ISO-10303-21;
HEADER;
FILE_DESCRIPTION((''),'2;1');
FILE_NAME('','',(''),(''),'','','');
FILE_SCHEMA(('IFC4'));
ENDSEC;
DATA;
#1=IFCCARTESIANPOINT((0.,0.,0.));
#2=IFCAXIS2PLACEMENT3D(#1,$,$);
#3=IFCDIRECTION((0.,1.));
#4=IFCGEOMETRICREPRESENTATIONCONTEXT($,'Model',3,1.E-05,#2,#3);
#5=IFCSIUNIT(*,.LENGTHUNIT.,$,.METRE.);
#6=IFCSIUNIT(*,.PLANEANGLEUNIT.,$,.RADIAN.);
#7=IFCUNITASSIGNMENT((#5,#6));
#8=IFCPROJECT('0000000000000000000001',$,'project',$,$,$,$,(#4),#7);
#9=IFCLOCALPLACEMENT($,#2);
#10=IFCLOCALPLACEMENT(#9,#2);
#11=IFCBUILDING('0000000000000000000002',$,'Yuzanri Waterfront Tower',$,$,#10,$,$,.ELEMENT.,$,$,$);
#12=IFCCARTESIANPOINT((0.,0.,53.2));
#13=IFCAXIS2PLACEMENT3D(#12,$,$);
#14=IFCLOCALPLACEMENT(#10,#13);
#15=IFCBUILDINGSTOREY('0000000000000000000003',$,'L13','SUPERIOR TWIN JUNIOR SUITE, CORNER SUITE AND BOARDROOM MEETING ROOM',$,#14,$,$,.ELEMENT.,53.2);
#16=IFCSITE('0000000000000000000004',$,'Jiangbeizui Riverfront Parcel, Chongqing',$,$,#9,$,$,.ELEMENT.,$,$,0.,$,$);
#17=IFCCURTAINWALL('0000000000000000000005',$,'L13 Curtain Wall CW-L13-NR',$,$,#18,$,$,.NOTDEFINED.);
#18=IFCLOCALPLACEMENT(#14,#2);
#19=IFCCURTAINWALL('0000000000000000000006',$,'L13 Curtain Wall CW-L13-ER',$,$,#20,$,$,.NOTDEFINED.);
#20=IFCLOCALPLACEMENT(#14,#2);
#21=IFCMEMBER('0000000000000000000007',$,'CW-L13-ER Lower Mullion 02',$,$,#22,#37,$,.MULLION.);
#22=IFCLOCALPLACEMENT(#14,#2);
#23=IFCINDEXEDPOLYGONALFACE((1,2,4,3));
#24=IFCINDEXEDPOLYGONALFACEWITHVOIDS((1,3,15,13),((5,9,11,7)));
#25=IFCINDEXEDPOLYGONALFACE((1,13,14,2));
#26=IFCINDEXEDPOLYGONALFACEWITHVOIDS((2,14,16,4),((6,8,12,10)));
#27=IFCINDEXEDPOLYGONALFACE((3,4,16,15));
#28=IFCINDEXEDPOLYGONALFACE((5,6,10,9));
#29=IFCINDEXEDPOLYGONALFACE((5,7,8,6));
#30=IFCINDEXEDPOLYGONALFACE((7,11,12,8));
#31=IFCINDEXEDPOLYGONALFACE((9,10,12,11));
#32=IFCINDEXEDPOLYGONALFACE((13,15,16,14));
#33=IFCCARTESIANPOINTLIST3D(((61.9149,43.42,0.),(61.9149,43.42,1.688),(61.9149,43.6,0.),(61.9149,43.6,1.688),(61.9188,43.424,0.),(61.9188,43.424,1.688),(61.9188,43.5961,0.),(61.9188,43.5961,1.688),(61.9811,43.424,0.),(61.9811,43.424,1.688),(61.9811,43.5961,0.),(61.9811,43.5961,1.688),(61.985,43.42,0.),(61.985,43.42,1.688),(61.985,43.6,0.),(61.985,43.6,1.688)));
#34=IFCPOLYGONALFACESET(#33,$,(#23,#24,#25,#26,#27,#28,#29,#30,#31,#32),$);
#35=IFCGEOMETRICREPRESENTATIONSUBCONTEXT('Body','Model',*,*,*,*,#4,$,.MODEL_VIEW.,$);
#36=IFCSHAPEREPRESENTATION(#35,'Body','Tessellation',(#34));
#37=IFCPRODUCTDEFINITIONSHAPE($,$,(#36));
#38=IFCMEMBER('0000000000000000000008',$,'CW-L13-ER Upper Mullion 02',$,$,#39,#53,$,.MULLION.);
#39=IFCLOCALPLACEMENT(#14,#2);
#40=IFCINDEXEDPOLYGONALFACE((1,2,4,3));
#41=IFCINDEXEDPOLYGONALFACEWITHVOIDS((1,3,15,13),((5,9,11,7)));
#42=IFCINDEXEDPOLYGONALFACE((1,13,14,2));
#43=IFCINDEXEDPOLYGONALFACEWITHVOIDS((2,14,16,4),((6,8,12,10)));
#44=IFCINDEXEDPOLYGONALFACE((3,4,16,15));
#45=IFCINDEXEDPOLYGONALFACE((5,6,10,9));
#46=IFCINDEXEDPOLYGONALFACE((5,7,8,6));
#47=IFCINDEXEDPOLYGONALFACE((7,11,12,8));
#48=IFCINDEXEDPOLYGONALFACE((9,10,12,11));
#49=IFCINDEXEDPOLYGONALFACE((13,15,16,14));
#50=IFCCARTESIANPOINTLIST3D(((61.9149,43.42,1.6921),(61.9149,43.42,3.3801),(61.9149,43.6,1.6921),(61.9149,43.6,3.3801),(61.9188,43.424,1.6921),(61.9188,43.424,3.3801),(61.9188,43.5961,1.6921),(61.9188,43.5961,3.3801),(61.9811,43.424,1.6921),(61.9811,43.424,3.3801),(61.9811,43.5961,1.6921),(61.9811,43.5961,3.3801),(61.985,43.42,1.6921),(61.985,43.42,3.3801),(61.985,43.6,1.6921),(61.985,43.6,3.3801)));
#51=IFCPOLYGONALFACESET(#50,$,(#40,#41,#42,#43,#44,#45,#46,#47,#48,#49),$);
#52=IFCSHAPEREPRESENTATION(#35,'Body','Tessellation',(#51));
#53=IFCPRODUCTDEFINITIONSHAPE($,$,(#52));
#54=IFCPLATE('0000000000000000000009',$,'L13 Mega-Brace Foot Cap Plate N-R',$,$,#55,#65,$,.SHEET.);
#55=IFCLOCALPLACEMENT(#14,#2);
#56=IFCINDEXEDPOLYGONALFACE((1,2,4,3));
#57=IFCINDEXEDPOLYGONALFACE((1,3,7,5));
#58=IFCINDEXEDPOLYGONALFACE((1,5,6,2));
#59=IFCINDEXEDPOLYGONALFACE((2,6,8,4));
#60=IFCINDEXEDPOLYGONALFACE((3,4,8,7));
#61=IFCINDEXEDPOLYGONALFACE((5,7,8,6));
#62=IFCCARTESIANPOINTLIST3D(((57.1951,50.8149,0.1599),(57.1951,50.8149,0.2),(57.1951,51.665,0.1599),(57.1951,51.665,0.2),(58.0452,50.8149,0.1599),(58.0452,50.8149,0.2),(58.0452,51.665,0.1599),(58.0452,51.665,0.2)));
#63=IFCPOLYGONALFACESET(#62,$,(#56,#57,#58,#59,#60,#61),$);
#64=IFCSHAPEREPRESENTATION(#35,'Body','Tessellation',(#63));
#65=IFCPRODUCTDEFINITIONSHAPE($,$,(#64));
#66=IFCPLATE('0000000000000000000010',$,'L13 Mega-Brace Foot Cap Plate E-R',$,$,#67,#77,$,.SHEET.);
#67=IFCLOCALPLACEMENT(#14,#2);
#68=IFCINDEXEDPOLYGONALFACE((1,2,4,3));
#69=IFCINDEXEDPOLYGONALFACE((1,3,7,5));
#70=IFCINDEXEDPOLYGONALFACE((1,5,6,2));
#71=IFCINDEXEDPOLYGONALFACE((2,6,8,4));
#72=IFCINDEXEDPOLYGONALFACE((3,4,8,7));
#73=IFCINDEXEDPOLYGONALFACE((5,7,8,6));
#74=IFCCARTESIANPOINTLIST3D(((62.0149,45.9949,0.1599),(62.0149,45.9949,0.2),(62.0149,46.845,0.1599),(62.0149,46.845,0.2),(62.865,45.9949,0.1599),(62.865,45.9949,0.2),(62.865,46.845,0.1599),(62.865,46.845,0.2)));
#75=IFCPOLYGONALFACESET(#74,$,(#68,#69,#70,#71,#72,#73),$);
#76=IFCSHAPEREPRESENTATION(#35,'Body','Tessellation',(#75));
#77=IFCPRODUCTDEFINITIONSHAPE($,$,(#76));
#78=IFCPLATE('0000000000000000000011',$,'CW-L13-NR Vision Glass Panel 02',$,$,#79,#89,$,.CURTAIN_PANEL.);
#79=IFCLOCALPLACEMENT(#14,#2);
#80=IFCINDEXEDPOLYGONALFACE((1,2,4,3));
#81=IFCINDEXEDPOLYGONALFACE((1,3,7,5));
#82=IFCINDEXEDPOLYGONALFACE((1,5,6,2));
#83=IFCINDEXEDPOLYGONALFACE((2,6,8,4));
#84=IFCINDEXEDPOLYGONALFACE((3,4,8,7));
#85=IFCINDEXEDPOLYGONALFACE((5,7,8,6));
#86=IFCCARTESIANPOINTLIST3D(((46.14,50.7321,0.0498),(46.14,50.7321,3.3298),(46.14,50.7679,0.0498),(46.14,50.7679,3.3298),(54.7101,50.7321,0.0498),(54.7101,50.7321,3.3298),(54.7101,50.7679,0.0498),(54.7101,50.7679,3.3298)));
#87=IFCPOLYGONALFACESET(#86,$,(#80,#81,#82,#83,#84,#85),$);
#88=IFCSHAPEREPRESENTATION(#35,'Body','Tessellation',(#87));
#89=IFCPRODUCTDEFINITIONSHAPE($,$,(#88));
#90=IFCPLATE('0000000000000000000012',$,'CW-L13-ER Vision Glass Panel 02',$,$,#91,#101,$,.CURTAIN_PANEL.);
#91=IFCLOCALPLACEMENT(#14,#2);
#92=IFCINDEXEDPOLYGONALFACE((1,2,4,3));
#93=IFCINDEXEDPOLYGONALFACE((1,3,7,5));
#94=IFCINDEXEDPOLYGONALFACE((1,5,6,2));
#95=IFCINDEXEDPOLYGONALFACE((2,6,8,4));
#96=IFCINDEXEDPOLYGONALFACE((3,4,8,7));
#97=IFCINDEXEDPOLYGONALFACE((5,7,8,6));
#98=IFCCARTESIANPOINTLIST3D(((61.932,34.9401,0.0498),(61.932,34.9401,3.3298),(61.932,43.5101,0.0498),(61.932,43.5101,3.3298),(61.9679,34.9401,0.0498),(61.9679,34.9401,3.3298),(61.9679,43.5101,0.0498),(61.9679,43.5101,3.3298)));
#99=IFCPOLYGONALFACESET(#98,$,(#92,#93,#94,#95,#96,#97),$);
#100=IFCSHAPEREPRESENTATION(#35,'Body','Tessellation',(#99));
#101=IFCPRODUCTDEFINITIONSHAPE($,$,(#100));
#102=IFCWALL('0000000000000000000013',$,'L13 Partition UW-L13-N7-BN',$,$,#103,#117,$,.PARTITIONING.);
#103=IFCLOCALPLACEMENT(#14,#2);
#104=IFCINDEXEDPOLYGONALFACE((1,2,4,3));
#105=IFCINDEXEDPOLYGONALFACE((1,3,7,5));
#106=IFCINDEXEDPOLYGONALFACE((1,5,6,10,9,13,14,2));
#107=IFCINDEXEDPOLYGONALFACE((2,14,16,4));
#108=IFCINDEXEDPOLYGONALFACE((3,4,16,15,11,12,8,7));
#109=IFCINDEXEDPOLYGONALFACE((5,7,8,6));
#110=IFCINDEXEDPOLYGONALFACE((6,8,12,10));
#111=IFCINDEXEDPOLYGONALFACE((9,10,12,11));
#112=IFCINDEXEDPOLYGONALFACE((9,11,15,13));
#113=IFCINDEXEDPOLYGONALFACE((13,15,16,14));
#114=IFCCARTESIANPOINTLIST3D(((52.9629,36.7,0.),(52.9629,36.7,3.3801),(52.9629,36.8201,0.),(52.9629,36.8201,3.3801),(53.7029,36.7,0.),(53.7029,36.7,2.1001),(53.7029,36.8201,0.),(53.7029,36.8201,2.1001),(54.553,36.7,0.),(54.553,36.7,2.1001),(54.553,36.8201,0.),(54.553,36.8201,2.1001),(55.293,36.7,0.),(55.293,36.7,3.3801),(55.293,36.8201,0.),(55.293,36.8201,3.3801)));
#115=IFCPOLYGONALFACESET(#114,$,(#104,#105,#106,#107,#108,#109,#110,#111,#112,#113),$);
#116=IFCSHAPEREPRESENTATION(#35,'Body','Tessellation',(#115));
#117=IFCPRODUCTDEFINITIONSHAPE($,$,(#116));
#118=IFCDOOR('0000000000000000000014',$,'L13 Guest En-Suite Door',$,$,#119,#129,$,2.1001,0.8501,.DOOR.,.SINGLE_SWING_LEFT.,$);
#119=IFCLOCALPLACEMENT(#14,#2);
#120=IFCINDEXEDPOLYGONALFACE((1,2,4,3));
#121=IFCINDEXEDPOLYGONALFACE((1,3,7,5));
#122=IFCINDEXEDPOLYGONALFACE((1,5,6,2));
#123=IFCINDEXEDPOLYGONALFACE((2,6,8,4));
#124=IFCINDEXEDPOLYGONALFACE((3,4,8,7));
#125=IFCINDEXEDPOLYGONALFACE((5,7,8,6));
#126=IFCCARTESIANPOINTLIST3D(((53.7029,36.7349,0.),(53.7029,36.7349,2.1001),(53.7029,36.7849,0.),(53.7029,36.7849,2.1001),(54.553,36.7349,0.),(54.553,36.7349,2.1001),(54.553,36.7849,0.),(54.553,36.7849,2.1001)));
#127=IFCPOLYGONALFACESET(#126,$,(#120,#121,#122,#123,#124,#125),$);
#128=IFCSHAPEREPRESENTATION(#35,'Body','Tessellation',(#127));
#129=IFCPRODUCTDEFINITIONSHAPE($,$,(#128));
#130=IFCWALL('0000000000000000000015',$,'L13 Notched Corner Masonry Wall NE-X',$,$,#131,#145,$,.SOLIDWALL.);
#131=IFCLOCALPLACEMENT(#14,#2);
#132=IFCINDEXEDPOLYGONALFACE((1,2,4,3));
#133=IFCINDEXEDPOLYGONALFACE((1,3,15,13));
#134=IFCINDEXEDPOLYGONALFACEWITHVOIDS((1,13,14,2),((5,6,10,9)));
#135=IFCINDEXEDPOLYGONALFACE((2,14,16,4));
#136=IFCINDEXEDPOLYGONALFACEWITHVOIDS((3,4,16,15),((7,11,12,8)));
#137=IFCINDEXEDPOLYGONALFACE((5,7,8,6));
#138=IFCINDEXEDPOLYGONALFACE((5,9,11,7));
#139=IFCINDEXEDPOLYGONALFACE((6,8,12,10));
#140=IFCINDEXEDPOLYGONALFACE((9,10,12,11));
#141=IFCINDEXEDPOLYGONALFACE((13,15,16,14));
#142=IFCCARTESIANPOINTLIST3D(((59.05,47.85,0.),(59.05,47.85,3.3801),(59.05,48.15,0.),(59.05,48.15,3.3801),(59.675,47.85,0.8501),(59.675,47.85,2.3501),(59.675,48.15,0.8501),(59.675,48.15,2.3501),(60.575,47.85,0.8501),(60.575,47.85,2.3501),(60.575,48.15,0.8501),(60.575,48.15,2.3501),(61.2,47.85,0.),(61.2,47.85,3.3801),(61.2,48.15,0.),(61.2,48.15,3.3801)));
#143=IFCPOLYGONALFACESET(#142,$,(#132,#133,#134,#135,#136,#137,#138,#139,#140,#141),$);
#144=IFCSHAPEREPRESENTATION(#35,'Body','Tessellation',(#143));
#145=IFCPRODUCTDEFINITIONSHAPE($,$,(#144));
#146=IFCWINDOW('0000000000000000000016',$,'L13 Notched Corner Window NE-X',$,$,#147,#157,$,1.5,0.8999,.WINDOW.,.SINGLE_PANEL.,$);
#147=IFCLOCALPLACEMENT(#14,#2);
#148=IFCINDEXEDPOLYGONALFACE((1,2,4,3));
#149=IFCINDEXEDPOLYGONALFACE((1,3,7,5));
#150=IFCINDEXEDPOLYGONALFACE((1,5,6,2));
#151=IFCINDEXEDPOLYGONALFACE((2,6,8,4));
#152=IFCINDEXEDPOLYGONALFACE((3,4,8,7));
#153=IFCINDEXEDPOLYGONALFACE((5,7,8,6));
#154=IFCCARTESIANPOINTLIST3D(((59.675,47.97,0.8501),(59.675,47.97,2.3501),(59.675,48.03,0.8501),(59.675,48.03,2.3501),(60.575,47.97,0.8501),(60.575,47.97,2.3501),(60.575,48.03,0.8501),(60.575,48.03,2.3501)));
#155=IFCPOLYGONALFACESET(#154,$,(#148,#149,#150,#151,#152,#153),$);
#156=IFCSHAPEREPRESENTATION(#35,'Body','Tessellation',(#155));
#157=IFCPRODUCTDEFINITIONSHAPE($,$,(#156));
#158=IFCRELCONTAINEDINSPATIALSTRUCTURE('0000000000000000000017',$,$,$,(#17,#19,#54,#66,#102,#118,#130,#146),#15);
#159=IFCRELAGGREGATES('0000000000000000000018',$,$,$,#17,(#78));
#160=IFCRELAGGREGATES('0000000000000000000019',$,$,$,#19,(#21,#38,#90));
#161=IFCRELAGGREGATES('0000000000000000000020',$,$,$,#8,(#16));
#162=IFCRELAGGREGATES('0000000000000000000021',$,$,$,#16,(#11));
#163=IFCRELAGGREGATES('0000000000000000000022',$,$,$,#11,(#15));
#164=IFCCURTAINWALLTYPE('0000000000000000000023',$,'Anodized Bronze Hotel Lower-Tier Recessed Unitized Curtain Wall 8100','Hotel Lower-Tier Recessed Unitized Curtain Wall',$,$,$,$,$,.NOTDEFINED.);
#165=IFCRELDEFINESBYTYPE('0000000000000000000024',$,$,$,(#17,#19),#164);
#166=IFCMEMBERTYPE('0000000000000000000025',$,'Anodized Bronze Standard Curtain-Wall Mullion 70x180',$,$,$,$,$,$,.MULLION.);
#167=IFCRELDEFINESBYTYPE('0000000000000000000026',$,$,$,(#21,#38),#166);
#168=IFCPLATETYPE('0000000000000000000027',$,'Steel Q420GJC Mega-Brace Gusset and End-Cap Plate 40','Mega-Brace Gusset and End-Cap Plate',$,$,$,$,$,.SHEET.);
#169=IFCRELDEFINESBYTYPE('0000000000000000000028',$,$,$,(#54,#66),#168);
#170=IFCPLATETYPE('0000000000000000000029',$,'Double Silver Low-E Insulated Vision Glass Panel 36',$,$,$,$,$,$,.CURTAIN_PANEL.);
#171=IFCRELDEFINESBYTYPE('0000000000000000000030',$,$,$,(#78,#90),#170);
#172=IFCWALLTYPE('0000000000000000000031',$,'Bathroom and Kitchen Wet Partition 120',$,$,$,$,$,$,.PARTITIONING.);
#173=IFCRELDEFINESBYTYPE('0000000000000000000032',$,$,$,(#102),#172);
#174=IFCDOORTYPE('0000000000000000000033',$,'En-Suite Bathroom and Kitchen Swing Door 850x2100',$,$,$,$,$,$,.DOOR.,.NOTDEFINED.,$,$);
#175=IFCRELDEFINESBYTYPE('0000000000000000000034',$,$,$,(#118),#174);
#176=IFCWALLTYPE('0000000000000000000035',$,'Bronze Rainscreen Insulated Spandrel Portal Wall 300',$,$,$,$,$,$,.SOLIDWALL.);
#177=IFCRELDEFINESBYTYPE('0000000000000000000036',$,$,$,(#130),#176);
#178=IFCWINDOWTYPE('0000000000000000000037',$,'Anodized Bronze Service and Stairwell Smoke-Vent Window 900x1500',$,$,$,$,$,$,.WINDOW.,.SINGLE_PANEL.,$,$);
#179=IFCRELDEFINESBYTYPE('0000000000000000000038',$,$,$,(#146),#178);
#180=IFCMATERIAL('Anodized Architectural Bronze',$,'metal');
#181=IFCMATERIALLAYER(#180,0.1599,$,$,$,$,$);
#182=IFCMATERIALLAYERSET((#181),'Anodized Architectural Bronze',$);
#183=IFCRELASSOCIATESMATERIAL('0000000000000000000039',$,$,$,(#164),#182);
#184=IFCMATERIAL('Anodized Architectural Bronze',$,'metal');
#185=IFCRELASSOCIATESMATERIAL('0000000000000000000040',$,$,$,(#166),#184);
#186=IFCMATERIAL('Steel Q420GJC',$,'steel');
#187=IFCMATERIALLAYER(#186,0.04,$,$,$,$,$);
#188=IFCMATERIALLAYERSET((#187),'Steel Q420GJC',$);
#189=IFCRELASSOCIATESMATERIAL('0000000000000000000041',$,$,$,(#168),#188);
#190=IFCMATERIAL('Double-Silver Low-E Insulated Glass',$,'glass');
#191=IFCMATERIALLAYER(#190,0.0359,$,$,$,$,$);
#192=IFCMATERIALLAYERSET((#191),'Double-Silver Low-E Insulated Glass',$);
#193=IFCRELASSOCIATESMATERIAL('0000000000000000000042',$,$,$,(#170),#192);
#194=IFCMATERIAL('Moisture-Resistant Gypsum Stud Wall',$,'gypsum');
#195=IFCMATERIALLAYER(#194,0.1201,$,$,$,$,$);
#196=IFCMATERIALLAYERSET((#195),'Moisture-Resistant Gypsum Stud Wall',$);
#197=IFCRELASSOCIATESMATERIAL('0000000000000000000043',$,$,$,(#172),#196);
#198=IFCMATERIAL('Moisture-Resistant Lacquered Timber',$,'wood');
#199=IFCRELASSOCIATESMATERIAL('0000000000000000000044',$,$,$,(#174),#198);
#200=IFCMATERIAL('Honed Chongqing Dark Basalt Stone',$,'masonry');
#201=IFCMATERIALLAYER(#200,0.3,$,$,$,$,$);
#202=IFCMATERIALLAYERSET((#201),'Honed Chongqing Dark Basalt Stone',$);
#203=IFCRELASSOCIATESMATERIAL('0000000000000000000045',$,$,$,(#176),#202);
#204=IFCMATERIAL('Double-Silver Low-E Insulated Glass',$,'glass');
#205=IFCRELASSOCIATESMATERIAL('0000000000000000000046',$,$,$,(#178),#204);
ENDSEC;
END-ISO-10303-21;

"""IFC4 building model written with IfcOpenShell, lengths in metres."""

from ifc_helpers import new_model, si_unit, direction, frame, frame_2d, origin, origin_2d, place, context, subcontext, project, spatial, rectangle, hollow_rectangle, extrude, source, transform, mapped, material, layer, layer_set, material_profile, profile_set, type_object, element, fill, aggregate, save


model = new_model("IFC4")

# Units and contexts
model_context = context("Model", 3, precision=1e-05, world=origin(), true_north=direction((0.0, 1.0)))
body_context = subcontext(model_context, "Body", "Model", "MODEL_VIEW")
ifc_project = project(units=[si_unit("LENGTHUNIT", "METRE"), si_unit("PLANEANGLEUNIT", "RADIAN")], contexts=[model_context])

# Site, building, storey
site_placement = place(None, origin())
site = spatial("IfcSite", under=ifc_project, at=site_placement, Name="Jiangbeizui Riverfront Parcel, Chongqing", CompositionType="ELEMENT", RefElevation=0.0)
building_placement = place(site_placement, origin())
building = spatial("IfcBuilding", under=site, at=building_placement, Name="Yuzanri Waterfront Tower", CompositionType="ELEMENT")
storey_placement = place(building_placement, frame((0.0, 0.0, 53.2)))
storey = spatial("IfcBuildingStorey", under=building, at=storey_placement, Name="L13", Description="SUPERIOR TWIN JUNIOR SUITE, CORNER SUITE AND BOARDROOM MEETING ROOM", CompositionType="ELEMENT", Elevation=53.2)

# Curtain walls, members
ifc_material_1 = material(Name="Anodized Architectural Bronze", Category="metal")
ifc_layer_1 = layer(ifc_material_1, 0.1599)
ifc_layer_set_1 = layer_set([ifc_layer_1], Name="Anodized Architectural Bronze")
curtain_wall_type = type_object("IfcCurtainWallType", Name="Anodized Bronze Hotel Lower-Tier Recessed Unitized Curtain Wall 8100", Description="Hotel Lower-Tier Recessed Unitized Curtain Wall", PredefinedType="NOTDEFINED", material=ifc_layer_set_1)
curtain_wall_1_placement = place(storey_placement, origin())
curtain_wall_1 = element("IfcCurtainWall", 1, at=curtain_wall_1_placement, inside=storey, type_object=curtain_wall_type, Name="L13 Curtain Wall CW-L13-NR", PredefinedType="NOTDEFINED")
ifc_material_2 = material(Name="Anodized Architectural Bronze", Category="metal")
ifc_material_profile_1 = material_profile(ifc_material_2, hollow_rectangle(XDim=0.0701, YDim=0.1799, WallThickness=0.0039, at=origin_2d()), Name="CWM 70x180")
ifc_profile_set_1 = profile_set([ifc_material_profile_1], Name="Anodized Architectural Bronze")
member_type_1 = type_object("IfcMemberType", Name="Anodized Bronze Standard Curtain-Wall Mullion 70x180", PredefinedType="MULLION", material=ifc_profile_set_1)
shared_shape_1 = source(origin(), body_context, "Body", "SweptSolid", [
    extrude(hollow_rectangle(XDim=0.0701, YDim=0.1799, WallThickness=0.0039, at=origin_2d()), origin(), (0.0, 0.0, 1.0), 1.688),
])
curtain_wall_2_placement = place(storey_placement, origin())
curtain_wall_2 = element("IfcCurtainWall", 2, at=curtain_wall_2_placement, inside=storey, type_object=curtain_wall_type, Name="L13 Curtain Wall CW-L13-ER", PredefinedType="NOTDEFINED")
member_1_placement = place(storey_placement, frame((61.95, 43.51, 0.0), z_axis=(0.0, 0.0, 1.0), x_axis=(1.0, 0.0, 0.0)))
member_1 = element("IfcMember", 3, at=member_1_placement, type_object=member_type_1, Name="CW-L13-ER Lower Mullion 02", PredefinedType="MULLION", context=body_context, shape_type="MappedRepresentation", body=[
    mapped(shared_shape_1, transform((0.0, 0.0, 0.0), scale=1.0)),
])
member_2_placement = place(storey_placement, frame((61.95, 43.51, 1.6921), z_axis=(0.0, 0.0, 1.0), x_axis=(1.0, 0.0, 0.0)))
member_2 = element("IfcMember", 4, at=member_2_placement, type_object=member_type_1, Name="CW-L13-ER Upper Mullion 02", PredefinedType="MULLION", context=body_context, shape_type="MappedRepresentation", body=[
    mapped(shared_shape_1, transform((0.0, 0.0, 0.0), scale=1.0)),
])

# Plates
ifc_material_3 = material(Name="Steel Q420GJC", Category="steel")
ifc_layer_2 = layer(ifc_material_3, 0.04)
ifc_layer_set_2 = layer_set([ifc_layer_2], Name="Steel Q420GJC")
plate_type_1 = type_object("IfcPlateType", Name="Steel Q420GJC Mega-Brace Gusset and End-Cap Plate 40", Description="Mega-Brace Gusset and End-Cap Plate", PredefinedType="SHEET", material=ifc_layer_set_2)
shared_shape_2 = source(origin(), body_context, "Body", "SweptSolid", [
    extrude(rectangle(XDim=0.8501, YDim=0.8501, at=origin_2d()), origin(), (0.0, 0.0, 1.0), 0.04),
])
for number, where, z_axis, x_axis, name in (
    (5, (57.6201, 51.24, 0.1599), (0.0, 0.0, 1.0), (1.0, 0.0, 0.0), "L13 Mega-Brace Foot Cap Plate N-R"),
    (6, (62.4399, 46.4199, 0.1599), (0.0, 0.0, 1.0), (1.0, 0.0, 0.0), "L13 Mega-Brace Foot Cap Plate E-R"),
):
    element("IfcPlate", number, at=place(storey_placement, frame(where, z_axis=z_axis, x_axis=x_axis)), inside=storey, type_object=plate_type_1, Name=name, PredefinedType="SHEET", context=body_context, shape_type="MappedRepresentation", body=[
        mapped(shared_shape_2, transform((0.0, 0.0, 0.0), scale=1.0)),
    ])

# Plates
ifc_material_4 = material(Name="Double-Silver Low-E Insulated Glass", Category="glass")
ifc_layer_3 = layer(ifc_material_4, 0.0359)
ifc_layer_set_3 = layer_set([ifc_layer_3], Name="Double-Silver Low-E Insulated Glass")
plate_type_2 = type_object("IfcPlateType", Name="Double Silver Low-E Insulated Vision Glass Panel 36", PredefinedType="CURTAIN_PANEL", material=ifc_layer_set_3)
shared_shape_3 = source(origin(), body_context, "Body", "SweptSolid", [
    extrude(rectangle(XDim=8.5701, YDim=0.0359, at=origin_2d()), origin(), (0.0, 0.0, 1.0), 3.28),
])
plate_1_placement = place(storey_placement, frame((50.425, 50.75, 0.0498), z_axis=(0.0, 0.0, 1.0), x_axis=(1.0, 0.0, 0.0)))
plate_1 = element("IfcPlate", 7, at=plate_1_placement, type_object=plate_type_2, Name="CW-L13-NR Vision Glass Panel 02", PredefinedType="CURTAIN_PANEL", context=body_context, shape_type="MappedRepresentation", body=[
    mapped(shared_shape_3, transform((0.0, 0.0, 0.0), scale=1.0)),
])
aggregate(curtain_wall_1, [plate_1])
plate_2_placement = place(storey_placement, frame((61.95, 39.2251, 0.0498), z_axis=(0.0, 0.0, 1.0), x_axis=(0.0, 1.0, 0.0)))
plate_2 = element("IfcPlate", 8, at=plate_2_placement, type_object=plate_type_2, Name="CW-L13-ER Vision Glass Panel 02", PredefinedType="CURTAIN_PANEL", context=body_context, shape_type="MappedRepresentation", body=[
    mapped(shared_shape_3, transform((0.0, 0.0, 0.0), scale=1.0)),
])
aggregate(curtain_wall_2, [member_1, member_2, plate_2])

# Wall, opening, door
ifc_material_5 = material(Name="Moisture-Resistant Gypsum Stud Wall", Category="gypsum")
ifc_layer_4 = layer(ifc_material_5, 0.1201)
ifc_layer_set_4 = layer_set([ifc_layer_4], Name="Moisture-Resistant Gypsum Stud Wall")
wall_type_1 = type_object("IfcWallType", Name="Bathroom and Kitchen Wet Partition 120", PredefinedType="PARTITIONING", material=ifc_layer_set_4)
wall_1_placement = place(storey_placement, frame((52.9629, 36.76, 0.0), z_axis=(0.0, 0.0, 1.0), x_axis=(1.0, 0.0, 0.0)))
wall_1 = element("IfcWall", 9, at=wall_1_placement, inside=storey, type_object=wall_type_1, Name="L13 Partition UW-L13-N7-BN", PredefinedType="PARTITIONING", context=body_context, shape_type="SweptSolid", body=[
    extrude(rectangle(XDim=2.3301, YDim=0.1201, at=frame_2d((1.165, 0.0))), origin(), (0.0, 0.0, 1.0), 3.3801),
])
opening_1_placement = place(wall_1_placement, frame((0.74, 0.0, 0.0)))
opening_1 = element("IfcOpeningElement", 10, at=opening_1_placement, cuts=wall_1, PredefinedType="OPENING", context=body_context, shape_type="SweptSolid", body=[
    extrude(rectangle(XDim=0.8501, YDim=2.1001, at=frame_2d((0.425, 1.05))), frame((0.0, 0.075, 0.0), z_axis=(0.0, -1.0, 0.0), x_axis=(1.0, 0.0, 0.0)), (0.0, 0.0, 1.0), 0.1499),
])
ifc_material_6 = material(Name="Moisture-Resistant Lacquered Timber", Category="wood")
door_type = type_object("IfcDoorType", Name="En-Suite Bathroom and Kitchen Swing Door 850x2100", OperationType="NOTDEFINED", PredefinedType="DOOR", material=ifc_material_6)
shared_shape_4 = source(origin(), body_context, "Body", "SweptSolid", [
    extrude(rectangle(XDim=0.8501, YDim=2.1001, at=frame_2d((0.425, 1.05))), frame((0.0, 0.0249, 0.0), z_axis=(0.0, -1.0, 0.0), x_axis=(1.0, 0.0, 0.0)), (0.0, 0.0, 1.0), 0.05),
])
door_placement = place(opening_1_placement, origin())
door = element("IfcDoor", 11, at=door_placement, inside=storey, type_object=door_type, Name="L13 Guest En-Suite Door", OperationType="SINGLE_SWING_LEFT", OverallHeight=2.1001, OverallWidth=0.8501, PredefinedType="DOOR", context=body_context, shape_type="MappedRepresentation", body=[
    mapped(shared_shape_4, transform((0.0, 0.0, 0.0), scale=1.0)),
])
fill(opening_1, door)

# Wall, opening, window
ifc_material_7 = material(Name="Honed Chongqing Dark Basalt Stone", Category="masonry")
ifc_layer_5 = layer(ifc_material_7, 0.3)
ifc_layer_set_5 = layer_set([ifc_layer_5], Name="Honed Chongqing Dark Basalt Stone")
wall_type_2 = type_object("IfcWallType", Name="Bronze Rainscreen Insulated Spandrel Portal Wall 300", PredefinedType="SOLIDWALL", material=ifc_layer_set_5)
wall_2_placement = place(storey_placement, frame((61.2, 48.0, 0.0), z_axis=(0.0, 0.0, 1.0), x_axis=(-1.0, 0.0, 0.0)))
wall_2 = element("IfcWall", 12, at=wall_2_placement, inside=storey, type_object=wall_type_2, Name="L13 Notched Corner Masonry Wall NE-X", PredefinedType="SOLIDWALL", context=body_context, shape_type="SweptSolid", body=[
    extrude(rectangle(XDim=2.1499, YDim=0.3, at=frame_2d((1.075, 0.0))), origin(), (0.0, 0.0, 1.0), 3.3801),
])
opening_2_placement = place(wall_2_placement, frame((0.625, 0.0, 0.8501)))
opening_2 = element("IfcOpeningElement", 13, at=opening_2_placement, cuts=wall_2, PredefinedType="OPENING", context=body_context, shape_type="SweptSolid", body=[
    extrude(rectangle(XDim=0.8999, YDim=1.5, at=frame_2d((0.45, 0.75))), frame((0.0, 0.165, 0.0), z_axis=(0.0, -1.0, 0.0), x_axis=(1.0, 0.0, 0.0)), (0.0, 0.0, 1.0), 0.3298),
])
ifc_material_8 = material(Name="Double-Silver Low-E Insulated Glass", Category="glass")
window_type_1 = type_object("IfcWindowType", Name="Anodized Bronze Service and Stairwell Smoke-Vent Window 900x1500", PartitioningType="SINGLE_PANEL", PredefinedType="WINDOW", material=ifc_material_8)
shared_shape_5 = source(origin(), body_context, "Body", "SweptSolid", [
    extrude(rectangle(XDim=0.8999, YDim=1.5, at=frame_2d((0.45, 0.75))), frame((0.0, 0.03, 0.0), z_axis=(0.0, -1.0, 0.0), x_axis=(1.0, 0.0, 0.0)), (0.0, 0.0, 1.0), 0.0601),
])
window_1_placement = place(opening_2_placement, origin())
window_1 = element("IfcWindow", 14, at=window_1_placement, inside=storey, type_object=window_type_1, Name="L13 Notched Corner Window NE-X", OverallHeight=1.5, OverallWidth=0.8999, PartitioningType="SINGLE_PANEL", PredefinedType="WINDOW", context=body_context, shape_type="MappedRepresentation", body=[
    mapped(shared_shape_5, transform((0.0, 0.0, 0.0), scale=1.0)),
])
fill(opening_2, window_1)

save(model, "model.ifc")
